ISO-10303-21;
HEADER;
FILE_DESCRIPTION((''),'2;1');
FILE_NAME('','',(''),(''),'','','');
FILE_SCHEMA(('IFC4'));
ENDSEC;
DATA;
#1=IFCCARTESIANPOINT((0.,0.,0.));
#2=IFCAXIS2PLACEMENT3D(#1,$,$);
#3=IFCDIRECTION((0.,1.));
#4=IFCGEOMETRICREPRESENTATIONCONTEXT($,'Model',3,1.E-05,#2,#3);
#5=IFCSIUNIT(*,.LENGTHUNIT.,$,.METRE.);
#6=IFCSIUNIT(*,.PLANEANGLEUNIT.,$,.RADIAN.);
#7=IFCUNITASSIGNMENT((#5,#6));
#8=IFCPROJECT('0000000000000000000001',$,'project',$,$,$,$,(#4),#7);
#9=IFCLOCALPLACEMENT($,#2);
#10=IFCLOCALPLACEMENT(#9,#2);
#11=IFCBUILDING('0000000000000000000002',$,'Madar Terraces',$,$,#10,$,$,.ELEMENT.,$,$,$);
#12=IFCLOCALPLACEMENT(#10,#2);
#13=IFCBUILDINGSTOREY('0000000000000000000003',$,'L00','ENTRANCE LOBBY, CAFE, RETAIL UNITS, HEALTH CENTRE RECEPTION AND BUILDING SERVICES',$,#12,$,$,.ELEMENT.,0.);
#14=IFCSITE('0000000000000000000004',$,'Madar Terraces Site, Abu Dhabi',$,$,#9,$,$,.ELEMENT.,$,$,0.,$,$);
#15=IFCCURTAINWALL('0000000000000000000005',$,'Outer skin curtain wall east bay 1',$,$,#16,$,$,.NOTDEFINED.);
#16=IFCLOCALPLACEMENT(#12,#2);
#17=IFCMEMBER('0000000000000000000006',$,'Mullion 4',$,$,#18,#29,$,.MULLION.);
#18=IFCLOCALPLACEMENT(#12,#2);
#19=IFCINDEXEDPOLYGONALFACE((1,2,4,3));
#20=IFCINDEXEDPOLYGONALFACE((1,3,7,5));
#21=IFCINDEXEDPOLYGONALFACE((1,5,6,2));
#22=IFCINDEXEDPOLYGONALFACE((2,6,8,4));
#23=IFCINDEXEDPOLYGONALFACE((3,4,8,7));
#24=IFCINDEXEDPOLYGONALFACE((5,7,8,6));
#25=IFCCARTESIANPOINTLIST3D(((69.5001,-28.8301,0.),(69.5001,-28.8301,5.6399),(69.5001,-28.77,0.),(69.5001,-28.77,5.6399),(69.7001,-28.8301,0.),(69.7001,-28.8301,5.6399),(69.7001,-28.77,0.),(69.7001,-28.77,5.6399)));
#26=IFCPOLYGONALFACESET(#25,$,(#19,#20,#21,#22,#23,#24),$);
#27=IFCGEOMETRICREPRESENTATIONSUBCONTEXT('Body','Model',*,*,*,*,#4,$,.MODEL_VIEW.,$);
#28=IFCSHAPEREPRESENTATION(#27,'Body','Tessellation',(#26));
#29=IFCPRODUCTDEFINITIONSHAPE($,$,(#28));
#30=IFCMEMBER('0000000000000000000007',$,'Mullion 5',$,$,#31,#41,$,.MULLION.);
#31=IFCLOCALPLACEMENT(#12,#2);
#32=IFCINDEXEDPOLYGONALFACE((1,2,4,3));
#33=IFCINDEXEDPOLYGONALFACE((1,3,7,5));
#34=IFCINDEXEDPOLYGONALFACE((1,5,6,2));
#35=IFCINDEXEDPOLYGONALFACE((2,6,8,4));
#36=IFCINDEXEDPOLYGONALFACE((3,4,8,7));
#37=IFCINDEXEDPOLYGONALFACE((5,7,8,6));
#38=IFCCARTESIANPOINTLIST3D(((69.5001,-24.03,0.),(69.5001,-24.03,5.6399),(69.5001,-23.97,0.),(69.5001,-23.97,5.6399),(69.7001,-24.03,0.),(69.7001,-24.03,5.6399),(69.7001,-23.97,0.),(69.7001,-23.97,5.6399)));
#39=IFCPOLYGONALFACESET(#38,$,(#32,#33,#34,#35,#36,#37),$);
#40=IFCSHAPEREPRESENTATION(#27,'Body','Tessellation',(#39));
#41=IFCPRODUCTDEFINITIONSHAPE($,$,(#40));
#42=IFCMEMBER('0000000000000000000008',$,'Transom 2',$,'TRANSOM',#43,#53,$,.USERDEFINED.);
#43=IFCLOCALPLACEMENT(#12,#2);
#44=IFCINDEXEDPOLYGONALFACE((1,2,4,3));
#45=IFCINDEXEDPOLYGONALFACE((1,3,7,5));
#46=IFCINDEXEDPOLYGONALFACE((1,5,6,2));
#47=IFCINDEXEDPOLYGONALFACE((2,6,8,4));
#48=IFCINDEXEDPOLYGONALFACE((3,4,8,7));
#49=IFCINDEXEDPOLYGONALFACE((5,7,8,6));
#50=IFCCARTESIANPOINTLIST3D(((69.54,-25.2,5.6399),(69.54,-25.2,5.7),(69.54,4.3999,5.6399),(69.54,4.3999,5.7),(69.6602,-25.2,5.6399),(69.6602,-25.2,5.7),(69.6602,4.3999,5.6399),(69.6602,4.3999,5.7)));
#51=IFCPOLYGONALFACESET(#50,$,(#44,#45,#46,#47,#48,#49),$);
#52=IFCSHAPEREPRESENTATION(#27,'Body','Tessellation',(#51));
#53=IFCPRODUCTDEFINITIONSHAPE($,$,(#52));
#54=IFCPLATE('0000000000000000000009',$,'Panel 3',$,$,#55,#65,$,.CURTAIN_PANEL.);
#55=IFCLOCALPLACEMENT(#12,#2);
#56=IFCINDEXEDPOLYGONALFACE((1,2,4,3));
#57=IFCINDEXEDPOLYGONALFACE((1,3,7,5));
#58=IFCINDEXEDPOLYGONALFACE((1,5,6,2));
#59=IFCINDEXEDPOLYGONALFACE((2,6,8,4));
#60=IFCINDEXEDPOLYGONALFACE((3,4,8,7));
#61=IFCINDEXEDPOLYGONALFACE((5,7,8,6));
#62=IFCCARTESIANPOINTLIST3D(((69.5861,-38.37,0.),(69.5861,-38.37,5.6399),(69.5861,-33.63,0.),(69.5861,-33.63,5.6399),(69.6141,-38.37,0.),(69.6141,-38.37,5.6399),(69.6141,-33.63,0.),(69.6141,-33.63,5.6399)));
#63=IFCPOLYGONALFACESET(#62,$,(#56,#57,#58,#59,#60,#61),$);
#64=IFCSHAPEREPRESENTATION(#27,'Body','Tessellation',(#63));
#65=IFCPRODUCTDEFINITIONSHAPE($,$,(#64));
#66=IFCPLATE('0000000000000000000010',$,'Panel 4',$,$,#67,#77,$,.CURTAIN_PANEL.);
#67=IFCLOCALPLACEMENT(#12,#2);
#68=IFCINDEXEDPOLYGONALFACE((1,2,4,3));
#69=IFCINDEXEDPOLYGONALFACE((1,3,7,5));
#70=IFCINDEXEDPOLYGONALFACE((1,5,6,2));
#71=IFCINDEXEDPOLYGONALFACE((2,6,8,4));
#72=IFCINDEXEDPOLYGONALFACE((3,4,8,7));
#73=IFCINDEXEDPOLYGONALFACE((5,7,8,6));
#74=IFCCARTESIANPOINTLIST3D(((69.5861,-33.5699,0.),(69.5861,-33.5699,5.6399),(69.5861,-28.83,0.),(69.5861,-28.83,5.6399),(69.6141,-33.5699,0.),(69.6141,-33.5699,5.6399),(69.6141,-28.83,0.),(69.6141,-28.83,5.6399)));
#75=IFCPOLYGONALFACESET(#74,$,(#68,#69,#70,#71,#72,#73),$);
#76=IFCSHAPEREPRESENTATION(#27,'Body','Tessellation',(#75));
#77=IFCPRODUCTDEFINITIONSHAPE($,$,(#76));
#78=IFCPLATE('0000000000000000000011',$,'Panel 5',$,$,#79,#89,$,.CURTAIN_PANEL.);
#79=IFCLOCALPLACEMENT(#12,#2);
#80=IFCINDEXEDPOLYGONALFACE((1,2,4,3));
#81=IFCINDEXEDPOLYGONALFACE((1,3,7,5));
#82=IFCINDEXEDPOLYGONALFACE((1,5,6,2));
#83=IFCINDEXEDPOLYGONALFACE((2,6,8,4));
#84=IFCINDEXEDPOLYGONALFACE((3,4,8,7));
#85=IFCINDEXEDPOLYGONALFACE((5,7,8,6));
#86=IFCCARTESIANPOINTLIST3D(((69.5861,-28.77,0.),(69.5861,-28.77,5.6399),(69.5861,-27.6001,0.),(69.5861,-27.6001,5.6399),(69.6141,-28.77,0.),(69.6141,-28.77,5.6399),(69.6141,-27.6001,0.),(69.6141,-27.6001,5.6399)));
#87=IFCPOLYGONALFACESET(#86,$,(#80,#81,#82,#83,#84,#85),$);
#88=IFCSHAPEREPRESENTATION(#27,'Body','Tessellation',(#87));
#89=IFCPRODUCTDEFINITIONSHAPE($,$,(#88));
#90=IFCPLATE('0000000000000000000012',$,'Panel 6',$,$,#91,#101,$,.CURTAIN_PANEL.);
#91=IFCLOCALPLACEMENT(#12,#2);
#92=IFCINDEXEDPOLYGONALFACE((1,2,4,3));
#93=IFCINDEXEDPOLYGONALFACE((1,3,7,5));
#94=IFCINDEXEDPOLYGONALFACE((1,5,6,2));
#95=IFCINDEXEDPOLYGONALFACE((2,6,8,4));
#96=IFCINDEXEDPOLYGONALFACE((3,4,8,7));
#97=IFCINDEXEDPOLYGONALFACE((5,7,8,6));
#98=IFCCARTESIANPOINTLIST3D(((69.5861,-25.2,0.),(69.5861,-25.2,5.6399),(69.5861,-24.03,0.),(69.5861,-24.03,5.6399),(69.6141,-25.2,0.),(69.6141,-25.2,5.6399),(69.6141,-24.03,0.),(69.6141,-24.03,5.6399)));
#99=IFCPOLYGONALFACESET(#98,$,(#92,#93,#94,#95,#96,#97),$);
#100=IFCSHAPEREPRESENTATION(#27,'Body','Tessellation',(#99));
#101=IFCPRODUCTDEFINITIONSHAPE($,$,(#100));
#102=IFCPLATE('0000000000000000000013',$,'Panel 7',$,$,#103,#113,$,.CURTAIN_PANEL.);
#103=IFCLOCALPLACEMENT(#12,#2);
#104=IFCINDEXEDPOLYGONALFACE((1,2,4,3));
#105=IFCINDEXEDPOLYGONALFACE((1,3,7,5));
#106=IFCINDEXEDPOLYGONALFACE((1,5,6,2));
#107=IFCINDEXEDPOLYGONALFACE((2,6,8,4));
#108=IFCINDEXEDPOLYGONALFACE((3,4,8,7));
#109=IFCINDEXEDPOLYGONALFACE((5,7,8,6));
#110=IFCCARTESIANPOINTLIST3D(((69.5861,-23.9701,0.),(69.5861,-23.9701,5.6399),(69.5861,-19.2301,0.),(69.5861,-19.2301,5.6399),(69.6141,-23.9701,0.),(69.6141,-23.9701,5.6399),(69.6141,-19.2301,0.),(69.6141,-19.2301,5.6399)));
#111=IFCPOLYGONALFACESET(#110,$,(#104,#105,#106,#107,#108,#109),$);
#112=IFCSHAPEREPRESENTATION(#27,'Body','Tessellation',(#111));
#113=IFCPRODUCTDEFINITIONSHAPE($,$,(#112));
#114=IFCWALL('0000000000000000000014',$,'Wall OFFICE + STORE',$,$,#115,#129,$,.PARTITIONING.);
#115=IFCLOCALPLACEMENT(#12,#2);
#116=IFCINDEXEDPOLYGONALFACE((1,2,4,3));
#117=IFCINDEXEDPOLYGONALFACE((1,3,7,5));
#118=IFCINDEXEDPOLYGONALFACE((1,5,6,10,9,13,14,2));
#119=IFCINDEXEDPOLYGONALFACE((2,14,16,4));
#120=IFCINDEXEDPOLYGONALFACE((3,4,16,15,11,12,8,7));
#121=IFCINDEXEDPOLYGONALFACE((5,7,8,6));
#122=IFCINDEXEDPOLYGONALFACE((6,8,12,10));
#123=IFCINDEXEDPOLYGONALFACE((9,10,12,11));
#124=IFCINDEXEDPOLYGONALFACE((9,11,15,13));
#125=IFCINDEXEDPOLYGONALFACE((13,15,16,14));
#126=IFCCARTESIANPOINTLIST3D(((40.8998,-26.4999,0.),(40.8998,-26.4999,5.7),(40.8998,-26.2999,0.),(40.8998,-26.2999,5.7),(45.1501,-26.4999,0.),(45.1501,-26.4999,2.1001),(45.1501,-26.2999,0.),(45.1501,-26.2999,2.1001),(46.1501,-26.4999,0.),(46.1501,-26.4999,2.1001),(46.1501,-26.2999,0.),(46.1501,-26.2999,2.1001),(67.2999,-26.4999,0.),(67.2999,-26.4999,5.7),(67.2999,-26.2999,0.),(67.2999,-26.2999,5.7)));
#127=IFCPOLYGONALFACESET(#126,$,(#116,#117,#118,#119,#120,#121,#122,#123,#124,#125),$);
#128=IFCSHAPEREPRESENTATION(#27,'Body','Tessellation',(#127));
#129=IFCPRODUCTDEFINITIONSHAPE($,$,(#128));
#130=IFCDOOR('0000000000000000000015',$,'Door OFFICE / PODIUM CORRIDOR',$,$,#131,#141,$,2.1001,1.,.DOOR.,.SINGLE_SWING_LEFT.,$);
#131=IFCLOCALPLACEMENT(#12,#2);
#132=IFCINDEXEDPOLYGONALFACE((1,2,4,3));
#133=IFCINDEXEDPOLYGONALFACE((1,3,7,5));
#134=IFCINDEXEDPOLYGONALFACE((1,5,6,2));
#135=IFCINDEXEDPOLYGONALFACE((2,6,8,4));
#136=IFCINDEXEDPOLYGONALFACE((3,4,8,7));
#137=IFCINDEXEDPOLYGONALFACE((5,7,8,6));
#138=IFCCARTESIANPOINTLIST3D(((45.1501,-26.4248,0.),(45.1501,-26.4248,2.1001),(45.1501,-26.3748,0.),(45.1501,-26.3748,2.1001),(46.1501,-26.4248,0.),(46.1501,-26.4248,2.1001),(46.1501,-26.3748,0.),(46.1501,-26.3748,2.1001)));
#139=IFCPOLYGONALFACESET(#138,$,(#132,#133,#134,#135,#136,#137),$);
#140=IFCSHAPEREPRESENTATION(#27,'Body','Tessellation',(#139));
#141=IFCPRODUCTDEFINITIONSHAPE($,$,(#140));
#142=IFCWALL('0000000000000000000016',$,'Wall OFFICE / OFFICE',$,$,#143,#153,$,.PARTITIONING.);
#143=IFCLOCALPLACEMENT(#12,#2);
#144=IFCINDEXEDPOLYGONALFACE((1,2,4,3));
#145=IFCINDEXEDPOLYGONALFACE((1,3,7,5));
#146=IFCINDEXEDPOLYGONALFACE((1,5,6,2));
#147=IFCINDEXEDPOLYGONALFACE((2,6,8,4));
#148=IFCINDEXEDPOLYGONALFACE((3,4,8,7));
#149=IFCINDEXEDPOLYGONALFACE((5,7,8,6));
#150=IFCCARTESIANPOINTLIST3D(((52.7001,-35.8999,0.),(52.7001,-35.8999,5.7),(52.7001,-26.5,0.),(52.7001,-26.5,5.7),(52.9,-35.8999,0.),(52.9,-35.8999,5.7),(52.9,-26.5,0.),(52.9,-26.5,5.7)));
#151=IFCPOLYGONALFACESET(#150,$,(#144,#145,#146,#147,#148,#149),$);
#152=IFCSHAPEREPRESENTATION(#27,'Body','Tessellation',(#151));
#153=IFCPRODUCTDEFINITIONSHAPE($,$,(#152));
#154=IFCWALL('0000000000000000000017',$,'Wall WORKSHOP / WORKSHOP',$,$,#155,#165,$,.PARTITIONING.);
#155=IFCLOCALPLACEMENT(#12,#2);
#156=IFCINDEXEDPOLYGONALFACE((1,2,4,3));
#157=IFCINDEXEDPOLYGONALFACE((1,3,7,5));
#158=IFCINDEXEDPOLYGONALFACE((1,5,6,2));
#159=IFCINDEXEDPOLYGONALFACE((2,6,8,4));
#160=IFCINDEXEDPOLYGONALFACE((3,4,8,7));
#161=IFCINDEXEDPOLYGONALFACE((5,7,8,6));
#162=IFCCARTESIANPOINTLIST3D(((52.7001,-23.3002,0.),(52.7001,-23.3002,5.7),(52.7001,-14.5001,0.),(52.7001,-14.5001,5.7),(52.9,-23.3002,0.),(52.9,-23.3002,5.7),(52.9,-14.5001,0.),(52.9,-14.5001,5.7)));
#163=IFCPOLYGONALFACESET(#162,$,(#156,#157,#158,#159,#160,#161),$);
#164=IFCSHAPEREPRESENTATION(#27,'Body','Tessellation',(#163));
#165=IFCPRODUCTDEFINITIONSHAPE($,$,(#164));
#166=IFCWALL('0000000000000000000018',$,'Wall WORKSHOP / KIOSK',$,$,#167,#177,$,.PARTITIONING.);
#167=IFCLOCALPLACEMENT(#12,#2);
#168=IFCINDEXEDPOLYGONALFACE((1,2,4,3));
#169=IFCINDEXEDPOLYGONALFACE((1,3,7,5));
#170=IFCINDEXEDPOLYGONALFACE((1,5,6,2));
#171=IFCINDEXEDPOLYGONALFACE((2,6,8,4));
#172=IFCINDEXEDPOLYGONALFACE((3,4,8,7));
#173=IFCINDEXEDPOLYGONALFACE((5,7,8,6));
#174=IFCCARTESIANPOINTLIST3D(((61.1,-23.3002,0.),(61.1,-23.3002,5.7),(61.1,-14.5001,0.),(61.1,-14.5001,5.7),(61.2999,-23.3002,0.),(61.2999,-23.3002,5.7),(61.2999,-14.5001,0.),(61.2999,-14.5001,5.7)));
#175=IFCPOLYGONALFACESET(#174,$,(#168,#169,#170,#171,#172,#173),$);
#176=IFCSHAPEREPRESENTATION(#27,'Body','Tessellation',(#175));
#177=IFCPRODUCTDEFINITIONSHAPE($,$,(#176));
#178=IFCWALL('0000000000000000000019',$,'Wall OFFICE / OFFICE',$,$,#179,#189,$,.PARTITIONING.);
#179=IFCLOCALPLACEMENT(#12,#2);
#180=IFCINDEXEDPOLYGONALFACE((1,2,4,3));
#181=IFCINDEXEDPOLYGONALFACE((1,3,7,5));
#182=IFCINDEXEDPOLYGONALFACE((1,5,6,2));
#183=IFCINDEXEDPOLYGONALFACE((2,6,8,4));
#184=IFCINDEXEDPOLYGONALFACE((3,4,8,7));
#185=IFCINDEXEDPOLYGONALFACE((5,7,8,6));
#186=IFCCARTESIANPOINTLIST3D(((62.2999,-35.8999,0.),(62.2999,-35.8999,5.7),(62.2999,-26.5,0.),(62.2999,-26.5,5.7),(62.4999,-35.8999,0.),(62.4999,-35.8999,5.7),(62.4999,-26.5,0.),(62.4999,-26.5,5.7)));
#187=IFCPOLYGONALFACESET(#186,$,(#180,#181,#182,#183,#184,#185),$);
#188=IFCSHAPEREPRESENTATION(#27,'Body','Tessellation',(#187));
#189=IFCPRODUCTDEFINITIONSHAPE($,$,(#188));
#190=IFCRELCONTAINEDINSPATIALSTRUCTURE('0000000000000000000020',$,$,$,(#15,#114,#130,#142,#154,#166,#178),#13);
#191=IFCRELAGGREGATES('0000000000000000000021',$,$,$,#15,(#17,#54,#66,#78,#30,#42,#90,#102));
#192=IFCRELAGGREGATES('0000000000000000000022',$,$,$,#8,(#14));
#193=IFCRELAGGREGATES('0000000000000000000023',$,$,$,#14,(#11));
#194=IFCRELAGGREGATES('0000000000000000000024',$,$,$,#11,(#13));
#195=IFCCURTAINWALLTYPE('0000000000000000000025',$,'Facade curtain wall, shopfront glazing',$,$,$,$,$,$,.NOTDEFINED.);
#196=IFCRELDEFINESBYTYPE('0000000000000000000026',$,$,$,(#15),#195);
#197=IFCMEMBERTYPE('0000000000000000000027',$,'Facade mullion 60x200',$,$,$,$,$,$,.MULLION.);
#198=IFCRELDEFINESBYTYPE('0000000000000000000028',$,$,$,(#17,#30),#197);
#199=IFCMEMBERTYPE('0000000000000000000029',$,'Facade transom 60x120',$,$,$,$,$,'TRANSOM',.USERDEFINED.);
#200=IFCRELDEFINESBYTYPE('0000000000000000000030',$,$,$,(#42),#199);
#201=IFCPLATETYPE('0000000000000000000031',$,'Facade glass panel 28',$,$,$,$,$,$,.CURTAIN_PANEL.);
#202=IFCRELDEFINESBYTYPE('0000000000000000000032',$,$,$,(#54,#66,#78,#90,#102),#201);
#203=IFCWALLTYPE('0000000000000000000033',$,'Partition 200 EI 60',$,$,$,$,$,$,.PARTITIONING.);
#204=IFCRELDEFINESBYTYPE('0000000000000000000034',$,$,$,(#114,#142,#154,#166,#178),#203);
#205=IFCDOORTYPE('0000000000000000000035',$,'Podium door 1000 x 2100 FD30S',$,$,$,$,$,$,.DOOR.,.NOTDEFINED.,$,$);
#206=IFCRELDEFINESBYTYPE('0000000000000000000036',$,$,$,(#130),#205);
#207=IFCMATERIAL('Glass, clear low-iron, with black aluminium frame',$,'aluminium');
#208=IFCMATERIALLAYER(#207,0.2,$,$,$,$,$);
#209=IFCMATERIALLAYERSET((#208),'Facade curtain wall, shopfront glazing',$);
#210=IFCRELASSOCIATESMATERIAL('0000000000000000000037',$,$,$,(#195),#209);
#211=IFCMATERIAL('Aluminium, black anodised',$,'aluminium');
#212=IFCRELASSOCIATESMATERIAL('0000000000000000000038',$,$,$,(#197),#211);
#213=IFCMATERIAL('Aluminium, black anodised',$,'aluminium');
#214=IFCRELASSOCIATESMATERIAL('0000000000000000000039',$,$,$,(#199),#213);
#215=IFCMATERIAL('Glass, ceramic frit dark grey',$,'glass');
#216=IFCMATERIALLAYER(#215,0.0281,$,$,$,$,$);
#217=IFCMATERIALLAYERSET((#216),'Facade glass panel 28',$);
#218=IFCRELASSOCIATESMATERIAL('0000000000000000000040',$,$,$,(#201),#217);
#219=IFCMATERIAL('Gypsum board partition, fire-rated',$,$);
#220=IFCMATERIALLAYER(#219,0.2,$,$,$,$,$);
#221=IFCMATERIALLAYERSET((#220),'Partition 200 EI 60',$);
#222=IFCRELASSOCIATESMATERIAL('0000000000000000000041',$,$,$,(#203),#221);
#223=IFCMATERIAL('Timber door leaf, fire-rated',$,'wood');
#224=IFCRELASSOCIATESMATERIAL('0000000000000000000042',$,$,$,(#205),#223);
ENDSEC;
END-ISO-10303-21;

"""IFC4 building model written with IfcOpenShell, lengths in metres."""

from ifc_helpers import new_model, si_unit, direction, frame, frame_2d, origin, origin_2d, place, context, subcontext, project, spatial, rectangle, extrude, material, layer, layer_set, material_profile, profile_set, type_object, element, fill, aggregate, save


model = new_model("IFC4")

# Units and contexts
model_context = context("Model", 3, precision=1e-05, world=origin(), true_north=direction((0.0, 1.0)))
body_context = subcontext(model_context, "Body", "Model", "MODEL_VIEW")
ifc_project = project(units=[si_unit("LENGTHUNIT", "METRE"), si_unit("PLANEANGLEUNIT", "RADIAN")], contexts=[model_context])

# Site, building, storey
site_placement = place(None, origin())
site = spatial("IfcSite", under=ifc_project, at=site_placement, Name="Madar Terraces Site, Abu Dhabi", CompositionType="ELEMENT", RefElevation=0.0)
building_placement = place(site_placement, origin())
building = spatial("IfcBuilding", under=site, at=building_placement, Name="Madar Terraces", CompositionType="ELEMENT")
storey_placement = place(building_placement, origin())
storey = spatial("IfcBuildingStorey", under=building, at=storey_placement, Name="L00", Description="ENTRANCE LOBBY, CAFE, RETAIL UNITS, HEALTH CENTRE RECEPTION AND BUILDING SERVICES", CompositionType="ELEMENT", Elevation=0.0)

# Curtain wall, members, plates
ifc_material_1 = material(Name="Glass, clear low-iron, with black aluminium frame", Category="aluminium")
ifc_layer_1 = layer(ifc_material_1, 0.2)
ifc_layer_set_1 = layer_set([ifc_layer_1], Name="Facade curtain wall, shopfront glazing")
curtain_wall_type = type_object("IfcCurtainWallType", Name="Facade curtain wall, shopfront glazing", PredefinedType="NOTDEFINED", material=ifc_layer_set_1)
curtain_wall_placement = place(storey_placement, origin())
curtain_wall = element("IfcCurtainWall", 1, at=curtain_wall_placement, inside=storey, type_object=curtain_wall_type, Name="Outer skin curtain wall east bay 1", PredefinedType="NOTDEFINED")
ifc_material_2 = material(Name="Aluminium, black anodised", Category="aluminium")
ifc_material_profile_1 = material_profile(ifc_material_2, rectangle(XDim=0.2, YDim=0.0601, at=origin_2d()), Name="Facade mullion 60x200")
ifc_profile_set_1 = profile_set([ifc_material_profile_1], Name="Aluminium, black anodised")
member_type_1 = type_object("IfcMemberType", Name="Facade mullion 60x200", PredefinedType="MULLION", material=ifc_profile_set_1)
member_1_placement = place(storey_placement, frame((69.6001, -28.8, 0.0), z_axis=(0.0, 0.0, 1.0), x_axis=(-1.0, 0.0, 0.0)))
member_1 = element("IfcMember", 2, at=member_1_placement, type_object=member_type_1, Name="Mullion 4", PredefinedType="MULLION", context=body_context, shape_type="SweptSolid", body=[
    extrude(rectangle(XDim=0.2, YDim=0.0601, at=origin_2d()), origin(), (0.0, 0.0, 1.0), 5.6399),
])
member_2_placement = place(storey_placement, frame((69.6001, -24.0, 0.0), z_axis=(0.0, 0.0, 1.0), x_axis=(-1.0, 0.0, 0.0)))
member_2 = element("IfcMember", 3, at=member_2_placement, type_object=member_type_1, Name="Mullion 5", PredefinedType="MULLION", context=body_context, shape_type="SweptSolid", body=[
    extrude(rectangle(XDim=0.2, YDim=0.0601, at=origin_2d()), origin(), (0.0, 0.0, 1.0), 5.6399),
])
ifc_material_3 = material(Name="Aluminium, black anodised", Category="aluminium")
ifc_material_profile_2 = material_profile(ifc_material_3, rectangle(XDim=0.1201, YDim=0.0601, at=origin_2d()), Name="Facade transom 60x120")
ifc_profile_set_2 = profile_set([ifc_material_profile_2], Name="Aluminium, black anodised")
member_type_2 = type_object("IfcMemberType", Name="Facade transom 60x120", ElementType="TRANSOM", PredefinedType="USERDEFINED", material=ifc_profile_set_2)
member_3_placement = place(storey_placement, frame((69.6001, -25.2, 5.6699), z_axis=(0.0, 1.0, 0.0), x_axis=(-1.0, 0.0, 0.0)))
member_3 = element("IfcMember", 4, at=member_3_placement, type_object=member_type_2, Name="Transom 2", ObjectType="TRANSOM", PredefinedType="USERDEFINED", context=body_context, shape_type="SweptSolid", body=[
    extrude(rectangle(XDim=0.1201, YDim=0.0601, at=origin_2d()), origin(), (0.0, 0.0, 1.0), 29.5999),
])
ifc_material_4 = material(Name="Glass, ceramic frit dark grey", Category="glass")
ifc_layer_2 = layer(ifc_material_4, 0.0281)
ifc_layer_set_2 = layer_set([ifc_layer_2], Name="Facade glass panel 28")
plate_type = type_object("IfcPlateType", Name="Facade glass panel 28", PredefinedType="CURTAIN_PANEL", material=ifc_layer_set_2)
plate_1_placement = place(storey_placement, frame((69.6001, -36.0, 0.0), z_axis=(0.0, 0.0, 1.0), x_axis=(0.0, 1.0, 0.0)))
plate_1 = element("IfcPlate", 5, at=plate_1_placement, type_object=plate_type, Name="Panel 3", PredefinedType="CURTAIN_PANEL", context=body_context, shape_type="SweptSolid", body=[
    extrude(rectangle(XDim=4.74, YDim=0.0281, at=origin_2d()), origin(), (0.0, 0.0, 1.0), 5.6399),
])
plate_2_placement = place(storey_placement, frame((69.6001, -31.2, 0.0), z_axis=(0.0, 0.0, 1.0), x_axis=(0.0, 1.0, 0.0)))
plate_2 = element("IfcPlate", 6, at=plate_2_placement, type_object=plate_type, Name="Panel 4", PredefinedType="CURTAIN_PANEL", context=body_context, shape_type="SweptSolid", body=[
    extrude(rectangle(XDim=4.74, YDim=0.0281, at=origin_2d()), origin(), (0.0, 0.0, 1.0), 5.6399),
])
plate_3_placement = place(storey_placement, frame((69.6001, -28.1851, 0.0), z_axis=(0.0, 0.0, 1.0), x_axis=(0.0, 1.0, 0.0)))
plate_3 = element("IfcPlate", 7, at=plate_3_placement, type_object=plate_type, Name="Panel 5", PredefinedType="CURTAIN_PANEL", context=body_context, shape_type="SweptSolid", body=[
    extrude(rectangle(XDim=1.1699, YDim=0.0281, at=origin_2d()), origin(), (0.0, 0.0, 1.0), 5.6399),
])
plate_4_placement = place(storey_placement, frame((69.6001, -24.615, 0.0), z_axis=(0.0, 0.0, 1.0), x_axis=(0.0, 1.0, 0.0)))
plate_4 = element("IfcPlate", 8, at=plate_4_placement, type_object=plate_type, Name="Panel 6", PredefinedType="CURTAIN_PANEL", context=body_context, shape_type="SweptSolid", body=[
    extrude(rectangle(XDim=1.1699, YDim=0.0281, at=origin_2d()), origin(), (0.0, 0.0, 1.0), 5.6399),
])
plate_5_placement = place(storey_placement, frame((69.6001, -21.6001, 0.0), z_axis=(0.0, 0.0, 1.0), x_axis=(0.0, 1.0, 0.0)))
plate_5 = element("IfcPlate", 9, at=plate_5_placement, type_object=plate_type, Name="Panel 7", PredefinedType="CURTAIN_PANEL", context=body_context, shape_type="SweptSolid", body=[
    extrude(rectangle(XDim=4.74, YDim=0.0281, at=origin_2d()), origin(), (0.0, 0.0, 1.0), 5.6399),
])
aggregate(curtain_wall, [member_1, plate_1, plate_2, plate_3, member_2, member_3, plate_4, plate_5])

# Wall, opening, door
ifc_material_5 = material(Name="Gypsum board partition, fire-rated")
ifc_layer_3 = layer(ifc_material_5, 0.2)
ifc_layer_set_3 = layer_set([ifc_layer_3], Name="Partition 200 EI 60")
wall_type_1 = type_object("IfcWallType", Name="Partition 200 EI 60", PredefinedType="PARTITIONING", material=ifc_layer_set_3)
wall_1_placement = place(storey_placement, frame((67.3, -26.3999, 0.0), z_axis=(0.0, 0.0, 1.0), x_axis=(-1.0, 0.0, 0.0)))
wall_1 = element("IfcWall", 10, at=wall_1_placement, inside=storey, type_object=wall_type_1, Name="Wall OFFICE + STORE", PredefinedType="PARTITIONING", context=body_context, shape_type="SweptSolid", body=[
    extrude(rectangle(XDim=26.4001, YDim=0.2, at=frame_2d((13.2002, 0.0))), origin(), (0.0, 0.0, 1.0), 5.7),
])
opening_1_placement = place(wall_1_placement, frame((21.1499, 0.0, 0.0)))
opening_1 = element("IfcOpeningElement", 11, at=opening_1_placement, cuts=wall_1, PredefinedType="OPENING", context=body_context, shape_type="SweptSolid", body=[
    extrude(rectangle(XDim=1.0, YDim=2.1001, at=frame_2d((0.5, 1.05))), frame((0.0, 0.1099, 0.0), z_axis=(0.0, -1.0, 0.0), x_axis=(1.0, 0.0, 0.0)), (0.0, 0.0, 1.0), 0.22),
])
ifc_material_6 = material(Name="Timber door leaf, fire-rated", Category="wood")
door_type_1 = type_object("IfcDoorType", Name="Podium door 1000 x 2100 FD30S", OperationType="NOTDEFINED", PredefinedType="DOOR", material=ifc_material_6)
door_1_placement = place(opening_1_placement, origin())
door_1 = element("IfcDoor", 12, at=door_1_placement, inside=storey, type_object=door_type_1, Name="Door OFFICE / PODIUM CORRIDOR", OperationType="SINGLE_SWING_LEFT", OverallHeight=2.1001, OverallWidth=1.0, PredefinedType="DOOR", context=body_context, shape_type="SweptSolid", body=[
    extrude(rectangle(XDim=1.0, YDim=2.1001, at=frame_2d((0.5, 1.05))), frame((0.0, 0.0249, 0.0), z_axis=(0.0, -1.0, 0.0), x_axis=(1.0, 0.0, 0.0)), (0.0, 0.0, 1.0), 0.05),
])
fill(opening_1, door_1)

# Walls
wall_2_placement = place(storey_placement, frame((52.8, -35.8999, 0.0), z_axis=(0.0, 0.0, 1.0), x_axis=(0.0, 1.0, 0.0)))
element("IfcWall", 13, at=wall_2_placement, inside=storey, type_object=wall_type_1, Name="Wall OFFICE / OFFICE", PredefinedType="PARTITIONING", context=body_context, shape_type="SweptSolid", body=[
    extrude(rectangle(XDim=9.3999, YDim=0.2, at=frame_2d((4.7, 0.0))), origin(), (0.0, 0.0, 1.0), 5.7),
])
for number, where, z_axis, x_axis, name in (
    (14, (52.8, -23.3, 0.0), (0.0, 0.0, 1.0), (0.0, 1.0, 0.0), "Wall WORKSHOP / WORKSHOP"),
    (15, (61.2, -23.3, 0.0), (0.0, 0.0, 1.0), (0.0, 1.0, 0.0), "Wall WORKSHOP / KIOSK"),
):
    element("IfcWall", number, at=place(storey_placement, frame(where, z_axis=z_axis, x_axis=x_axis)), inside=storey, type_object=wall_type_1, Name=name, PredefinedType="PARTITIONING", context=body_context, shape_type="SweptSolid", body=[
        extrude(rectangle(XDim=8.8, YDim=0.2, at=frame_2d((4.3999, 0.0))), origin(), (0.0, 0.0, 1.0), 5.7),
    ])
for number, where, z_axis, x_axis, name in (
    (16, (62.3999, -35.8999, 0.0), (0.0, 0.0, 1.0), (0.0, 1.0, 0.0), "Wall OFFICE / OFFICE"),
):
    element("IfcWall", number, at=place(storey_placement, frame(where, z_axis=z_axis, x_axis=x_axis)), inside=storey, type_object=wall_type_1, Name=name, PredefinedType="PARTITIONING", context=body_context, shape_type="SweptSolid", body=[
        extrude(rectangle(XDim=9.3999, YDim=0.2, at=frame_2d((4.7, 0.0))), origin(), (0.0, 0.0, 1.0), 5.7),
    ])

save(model, "model.ifc")
